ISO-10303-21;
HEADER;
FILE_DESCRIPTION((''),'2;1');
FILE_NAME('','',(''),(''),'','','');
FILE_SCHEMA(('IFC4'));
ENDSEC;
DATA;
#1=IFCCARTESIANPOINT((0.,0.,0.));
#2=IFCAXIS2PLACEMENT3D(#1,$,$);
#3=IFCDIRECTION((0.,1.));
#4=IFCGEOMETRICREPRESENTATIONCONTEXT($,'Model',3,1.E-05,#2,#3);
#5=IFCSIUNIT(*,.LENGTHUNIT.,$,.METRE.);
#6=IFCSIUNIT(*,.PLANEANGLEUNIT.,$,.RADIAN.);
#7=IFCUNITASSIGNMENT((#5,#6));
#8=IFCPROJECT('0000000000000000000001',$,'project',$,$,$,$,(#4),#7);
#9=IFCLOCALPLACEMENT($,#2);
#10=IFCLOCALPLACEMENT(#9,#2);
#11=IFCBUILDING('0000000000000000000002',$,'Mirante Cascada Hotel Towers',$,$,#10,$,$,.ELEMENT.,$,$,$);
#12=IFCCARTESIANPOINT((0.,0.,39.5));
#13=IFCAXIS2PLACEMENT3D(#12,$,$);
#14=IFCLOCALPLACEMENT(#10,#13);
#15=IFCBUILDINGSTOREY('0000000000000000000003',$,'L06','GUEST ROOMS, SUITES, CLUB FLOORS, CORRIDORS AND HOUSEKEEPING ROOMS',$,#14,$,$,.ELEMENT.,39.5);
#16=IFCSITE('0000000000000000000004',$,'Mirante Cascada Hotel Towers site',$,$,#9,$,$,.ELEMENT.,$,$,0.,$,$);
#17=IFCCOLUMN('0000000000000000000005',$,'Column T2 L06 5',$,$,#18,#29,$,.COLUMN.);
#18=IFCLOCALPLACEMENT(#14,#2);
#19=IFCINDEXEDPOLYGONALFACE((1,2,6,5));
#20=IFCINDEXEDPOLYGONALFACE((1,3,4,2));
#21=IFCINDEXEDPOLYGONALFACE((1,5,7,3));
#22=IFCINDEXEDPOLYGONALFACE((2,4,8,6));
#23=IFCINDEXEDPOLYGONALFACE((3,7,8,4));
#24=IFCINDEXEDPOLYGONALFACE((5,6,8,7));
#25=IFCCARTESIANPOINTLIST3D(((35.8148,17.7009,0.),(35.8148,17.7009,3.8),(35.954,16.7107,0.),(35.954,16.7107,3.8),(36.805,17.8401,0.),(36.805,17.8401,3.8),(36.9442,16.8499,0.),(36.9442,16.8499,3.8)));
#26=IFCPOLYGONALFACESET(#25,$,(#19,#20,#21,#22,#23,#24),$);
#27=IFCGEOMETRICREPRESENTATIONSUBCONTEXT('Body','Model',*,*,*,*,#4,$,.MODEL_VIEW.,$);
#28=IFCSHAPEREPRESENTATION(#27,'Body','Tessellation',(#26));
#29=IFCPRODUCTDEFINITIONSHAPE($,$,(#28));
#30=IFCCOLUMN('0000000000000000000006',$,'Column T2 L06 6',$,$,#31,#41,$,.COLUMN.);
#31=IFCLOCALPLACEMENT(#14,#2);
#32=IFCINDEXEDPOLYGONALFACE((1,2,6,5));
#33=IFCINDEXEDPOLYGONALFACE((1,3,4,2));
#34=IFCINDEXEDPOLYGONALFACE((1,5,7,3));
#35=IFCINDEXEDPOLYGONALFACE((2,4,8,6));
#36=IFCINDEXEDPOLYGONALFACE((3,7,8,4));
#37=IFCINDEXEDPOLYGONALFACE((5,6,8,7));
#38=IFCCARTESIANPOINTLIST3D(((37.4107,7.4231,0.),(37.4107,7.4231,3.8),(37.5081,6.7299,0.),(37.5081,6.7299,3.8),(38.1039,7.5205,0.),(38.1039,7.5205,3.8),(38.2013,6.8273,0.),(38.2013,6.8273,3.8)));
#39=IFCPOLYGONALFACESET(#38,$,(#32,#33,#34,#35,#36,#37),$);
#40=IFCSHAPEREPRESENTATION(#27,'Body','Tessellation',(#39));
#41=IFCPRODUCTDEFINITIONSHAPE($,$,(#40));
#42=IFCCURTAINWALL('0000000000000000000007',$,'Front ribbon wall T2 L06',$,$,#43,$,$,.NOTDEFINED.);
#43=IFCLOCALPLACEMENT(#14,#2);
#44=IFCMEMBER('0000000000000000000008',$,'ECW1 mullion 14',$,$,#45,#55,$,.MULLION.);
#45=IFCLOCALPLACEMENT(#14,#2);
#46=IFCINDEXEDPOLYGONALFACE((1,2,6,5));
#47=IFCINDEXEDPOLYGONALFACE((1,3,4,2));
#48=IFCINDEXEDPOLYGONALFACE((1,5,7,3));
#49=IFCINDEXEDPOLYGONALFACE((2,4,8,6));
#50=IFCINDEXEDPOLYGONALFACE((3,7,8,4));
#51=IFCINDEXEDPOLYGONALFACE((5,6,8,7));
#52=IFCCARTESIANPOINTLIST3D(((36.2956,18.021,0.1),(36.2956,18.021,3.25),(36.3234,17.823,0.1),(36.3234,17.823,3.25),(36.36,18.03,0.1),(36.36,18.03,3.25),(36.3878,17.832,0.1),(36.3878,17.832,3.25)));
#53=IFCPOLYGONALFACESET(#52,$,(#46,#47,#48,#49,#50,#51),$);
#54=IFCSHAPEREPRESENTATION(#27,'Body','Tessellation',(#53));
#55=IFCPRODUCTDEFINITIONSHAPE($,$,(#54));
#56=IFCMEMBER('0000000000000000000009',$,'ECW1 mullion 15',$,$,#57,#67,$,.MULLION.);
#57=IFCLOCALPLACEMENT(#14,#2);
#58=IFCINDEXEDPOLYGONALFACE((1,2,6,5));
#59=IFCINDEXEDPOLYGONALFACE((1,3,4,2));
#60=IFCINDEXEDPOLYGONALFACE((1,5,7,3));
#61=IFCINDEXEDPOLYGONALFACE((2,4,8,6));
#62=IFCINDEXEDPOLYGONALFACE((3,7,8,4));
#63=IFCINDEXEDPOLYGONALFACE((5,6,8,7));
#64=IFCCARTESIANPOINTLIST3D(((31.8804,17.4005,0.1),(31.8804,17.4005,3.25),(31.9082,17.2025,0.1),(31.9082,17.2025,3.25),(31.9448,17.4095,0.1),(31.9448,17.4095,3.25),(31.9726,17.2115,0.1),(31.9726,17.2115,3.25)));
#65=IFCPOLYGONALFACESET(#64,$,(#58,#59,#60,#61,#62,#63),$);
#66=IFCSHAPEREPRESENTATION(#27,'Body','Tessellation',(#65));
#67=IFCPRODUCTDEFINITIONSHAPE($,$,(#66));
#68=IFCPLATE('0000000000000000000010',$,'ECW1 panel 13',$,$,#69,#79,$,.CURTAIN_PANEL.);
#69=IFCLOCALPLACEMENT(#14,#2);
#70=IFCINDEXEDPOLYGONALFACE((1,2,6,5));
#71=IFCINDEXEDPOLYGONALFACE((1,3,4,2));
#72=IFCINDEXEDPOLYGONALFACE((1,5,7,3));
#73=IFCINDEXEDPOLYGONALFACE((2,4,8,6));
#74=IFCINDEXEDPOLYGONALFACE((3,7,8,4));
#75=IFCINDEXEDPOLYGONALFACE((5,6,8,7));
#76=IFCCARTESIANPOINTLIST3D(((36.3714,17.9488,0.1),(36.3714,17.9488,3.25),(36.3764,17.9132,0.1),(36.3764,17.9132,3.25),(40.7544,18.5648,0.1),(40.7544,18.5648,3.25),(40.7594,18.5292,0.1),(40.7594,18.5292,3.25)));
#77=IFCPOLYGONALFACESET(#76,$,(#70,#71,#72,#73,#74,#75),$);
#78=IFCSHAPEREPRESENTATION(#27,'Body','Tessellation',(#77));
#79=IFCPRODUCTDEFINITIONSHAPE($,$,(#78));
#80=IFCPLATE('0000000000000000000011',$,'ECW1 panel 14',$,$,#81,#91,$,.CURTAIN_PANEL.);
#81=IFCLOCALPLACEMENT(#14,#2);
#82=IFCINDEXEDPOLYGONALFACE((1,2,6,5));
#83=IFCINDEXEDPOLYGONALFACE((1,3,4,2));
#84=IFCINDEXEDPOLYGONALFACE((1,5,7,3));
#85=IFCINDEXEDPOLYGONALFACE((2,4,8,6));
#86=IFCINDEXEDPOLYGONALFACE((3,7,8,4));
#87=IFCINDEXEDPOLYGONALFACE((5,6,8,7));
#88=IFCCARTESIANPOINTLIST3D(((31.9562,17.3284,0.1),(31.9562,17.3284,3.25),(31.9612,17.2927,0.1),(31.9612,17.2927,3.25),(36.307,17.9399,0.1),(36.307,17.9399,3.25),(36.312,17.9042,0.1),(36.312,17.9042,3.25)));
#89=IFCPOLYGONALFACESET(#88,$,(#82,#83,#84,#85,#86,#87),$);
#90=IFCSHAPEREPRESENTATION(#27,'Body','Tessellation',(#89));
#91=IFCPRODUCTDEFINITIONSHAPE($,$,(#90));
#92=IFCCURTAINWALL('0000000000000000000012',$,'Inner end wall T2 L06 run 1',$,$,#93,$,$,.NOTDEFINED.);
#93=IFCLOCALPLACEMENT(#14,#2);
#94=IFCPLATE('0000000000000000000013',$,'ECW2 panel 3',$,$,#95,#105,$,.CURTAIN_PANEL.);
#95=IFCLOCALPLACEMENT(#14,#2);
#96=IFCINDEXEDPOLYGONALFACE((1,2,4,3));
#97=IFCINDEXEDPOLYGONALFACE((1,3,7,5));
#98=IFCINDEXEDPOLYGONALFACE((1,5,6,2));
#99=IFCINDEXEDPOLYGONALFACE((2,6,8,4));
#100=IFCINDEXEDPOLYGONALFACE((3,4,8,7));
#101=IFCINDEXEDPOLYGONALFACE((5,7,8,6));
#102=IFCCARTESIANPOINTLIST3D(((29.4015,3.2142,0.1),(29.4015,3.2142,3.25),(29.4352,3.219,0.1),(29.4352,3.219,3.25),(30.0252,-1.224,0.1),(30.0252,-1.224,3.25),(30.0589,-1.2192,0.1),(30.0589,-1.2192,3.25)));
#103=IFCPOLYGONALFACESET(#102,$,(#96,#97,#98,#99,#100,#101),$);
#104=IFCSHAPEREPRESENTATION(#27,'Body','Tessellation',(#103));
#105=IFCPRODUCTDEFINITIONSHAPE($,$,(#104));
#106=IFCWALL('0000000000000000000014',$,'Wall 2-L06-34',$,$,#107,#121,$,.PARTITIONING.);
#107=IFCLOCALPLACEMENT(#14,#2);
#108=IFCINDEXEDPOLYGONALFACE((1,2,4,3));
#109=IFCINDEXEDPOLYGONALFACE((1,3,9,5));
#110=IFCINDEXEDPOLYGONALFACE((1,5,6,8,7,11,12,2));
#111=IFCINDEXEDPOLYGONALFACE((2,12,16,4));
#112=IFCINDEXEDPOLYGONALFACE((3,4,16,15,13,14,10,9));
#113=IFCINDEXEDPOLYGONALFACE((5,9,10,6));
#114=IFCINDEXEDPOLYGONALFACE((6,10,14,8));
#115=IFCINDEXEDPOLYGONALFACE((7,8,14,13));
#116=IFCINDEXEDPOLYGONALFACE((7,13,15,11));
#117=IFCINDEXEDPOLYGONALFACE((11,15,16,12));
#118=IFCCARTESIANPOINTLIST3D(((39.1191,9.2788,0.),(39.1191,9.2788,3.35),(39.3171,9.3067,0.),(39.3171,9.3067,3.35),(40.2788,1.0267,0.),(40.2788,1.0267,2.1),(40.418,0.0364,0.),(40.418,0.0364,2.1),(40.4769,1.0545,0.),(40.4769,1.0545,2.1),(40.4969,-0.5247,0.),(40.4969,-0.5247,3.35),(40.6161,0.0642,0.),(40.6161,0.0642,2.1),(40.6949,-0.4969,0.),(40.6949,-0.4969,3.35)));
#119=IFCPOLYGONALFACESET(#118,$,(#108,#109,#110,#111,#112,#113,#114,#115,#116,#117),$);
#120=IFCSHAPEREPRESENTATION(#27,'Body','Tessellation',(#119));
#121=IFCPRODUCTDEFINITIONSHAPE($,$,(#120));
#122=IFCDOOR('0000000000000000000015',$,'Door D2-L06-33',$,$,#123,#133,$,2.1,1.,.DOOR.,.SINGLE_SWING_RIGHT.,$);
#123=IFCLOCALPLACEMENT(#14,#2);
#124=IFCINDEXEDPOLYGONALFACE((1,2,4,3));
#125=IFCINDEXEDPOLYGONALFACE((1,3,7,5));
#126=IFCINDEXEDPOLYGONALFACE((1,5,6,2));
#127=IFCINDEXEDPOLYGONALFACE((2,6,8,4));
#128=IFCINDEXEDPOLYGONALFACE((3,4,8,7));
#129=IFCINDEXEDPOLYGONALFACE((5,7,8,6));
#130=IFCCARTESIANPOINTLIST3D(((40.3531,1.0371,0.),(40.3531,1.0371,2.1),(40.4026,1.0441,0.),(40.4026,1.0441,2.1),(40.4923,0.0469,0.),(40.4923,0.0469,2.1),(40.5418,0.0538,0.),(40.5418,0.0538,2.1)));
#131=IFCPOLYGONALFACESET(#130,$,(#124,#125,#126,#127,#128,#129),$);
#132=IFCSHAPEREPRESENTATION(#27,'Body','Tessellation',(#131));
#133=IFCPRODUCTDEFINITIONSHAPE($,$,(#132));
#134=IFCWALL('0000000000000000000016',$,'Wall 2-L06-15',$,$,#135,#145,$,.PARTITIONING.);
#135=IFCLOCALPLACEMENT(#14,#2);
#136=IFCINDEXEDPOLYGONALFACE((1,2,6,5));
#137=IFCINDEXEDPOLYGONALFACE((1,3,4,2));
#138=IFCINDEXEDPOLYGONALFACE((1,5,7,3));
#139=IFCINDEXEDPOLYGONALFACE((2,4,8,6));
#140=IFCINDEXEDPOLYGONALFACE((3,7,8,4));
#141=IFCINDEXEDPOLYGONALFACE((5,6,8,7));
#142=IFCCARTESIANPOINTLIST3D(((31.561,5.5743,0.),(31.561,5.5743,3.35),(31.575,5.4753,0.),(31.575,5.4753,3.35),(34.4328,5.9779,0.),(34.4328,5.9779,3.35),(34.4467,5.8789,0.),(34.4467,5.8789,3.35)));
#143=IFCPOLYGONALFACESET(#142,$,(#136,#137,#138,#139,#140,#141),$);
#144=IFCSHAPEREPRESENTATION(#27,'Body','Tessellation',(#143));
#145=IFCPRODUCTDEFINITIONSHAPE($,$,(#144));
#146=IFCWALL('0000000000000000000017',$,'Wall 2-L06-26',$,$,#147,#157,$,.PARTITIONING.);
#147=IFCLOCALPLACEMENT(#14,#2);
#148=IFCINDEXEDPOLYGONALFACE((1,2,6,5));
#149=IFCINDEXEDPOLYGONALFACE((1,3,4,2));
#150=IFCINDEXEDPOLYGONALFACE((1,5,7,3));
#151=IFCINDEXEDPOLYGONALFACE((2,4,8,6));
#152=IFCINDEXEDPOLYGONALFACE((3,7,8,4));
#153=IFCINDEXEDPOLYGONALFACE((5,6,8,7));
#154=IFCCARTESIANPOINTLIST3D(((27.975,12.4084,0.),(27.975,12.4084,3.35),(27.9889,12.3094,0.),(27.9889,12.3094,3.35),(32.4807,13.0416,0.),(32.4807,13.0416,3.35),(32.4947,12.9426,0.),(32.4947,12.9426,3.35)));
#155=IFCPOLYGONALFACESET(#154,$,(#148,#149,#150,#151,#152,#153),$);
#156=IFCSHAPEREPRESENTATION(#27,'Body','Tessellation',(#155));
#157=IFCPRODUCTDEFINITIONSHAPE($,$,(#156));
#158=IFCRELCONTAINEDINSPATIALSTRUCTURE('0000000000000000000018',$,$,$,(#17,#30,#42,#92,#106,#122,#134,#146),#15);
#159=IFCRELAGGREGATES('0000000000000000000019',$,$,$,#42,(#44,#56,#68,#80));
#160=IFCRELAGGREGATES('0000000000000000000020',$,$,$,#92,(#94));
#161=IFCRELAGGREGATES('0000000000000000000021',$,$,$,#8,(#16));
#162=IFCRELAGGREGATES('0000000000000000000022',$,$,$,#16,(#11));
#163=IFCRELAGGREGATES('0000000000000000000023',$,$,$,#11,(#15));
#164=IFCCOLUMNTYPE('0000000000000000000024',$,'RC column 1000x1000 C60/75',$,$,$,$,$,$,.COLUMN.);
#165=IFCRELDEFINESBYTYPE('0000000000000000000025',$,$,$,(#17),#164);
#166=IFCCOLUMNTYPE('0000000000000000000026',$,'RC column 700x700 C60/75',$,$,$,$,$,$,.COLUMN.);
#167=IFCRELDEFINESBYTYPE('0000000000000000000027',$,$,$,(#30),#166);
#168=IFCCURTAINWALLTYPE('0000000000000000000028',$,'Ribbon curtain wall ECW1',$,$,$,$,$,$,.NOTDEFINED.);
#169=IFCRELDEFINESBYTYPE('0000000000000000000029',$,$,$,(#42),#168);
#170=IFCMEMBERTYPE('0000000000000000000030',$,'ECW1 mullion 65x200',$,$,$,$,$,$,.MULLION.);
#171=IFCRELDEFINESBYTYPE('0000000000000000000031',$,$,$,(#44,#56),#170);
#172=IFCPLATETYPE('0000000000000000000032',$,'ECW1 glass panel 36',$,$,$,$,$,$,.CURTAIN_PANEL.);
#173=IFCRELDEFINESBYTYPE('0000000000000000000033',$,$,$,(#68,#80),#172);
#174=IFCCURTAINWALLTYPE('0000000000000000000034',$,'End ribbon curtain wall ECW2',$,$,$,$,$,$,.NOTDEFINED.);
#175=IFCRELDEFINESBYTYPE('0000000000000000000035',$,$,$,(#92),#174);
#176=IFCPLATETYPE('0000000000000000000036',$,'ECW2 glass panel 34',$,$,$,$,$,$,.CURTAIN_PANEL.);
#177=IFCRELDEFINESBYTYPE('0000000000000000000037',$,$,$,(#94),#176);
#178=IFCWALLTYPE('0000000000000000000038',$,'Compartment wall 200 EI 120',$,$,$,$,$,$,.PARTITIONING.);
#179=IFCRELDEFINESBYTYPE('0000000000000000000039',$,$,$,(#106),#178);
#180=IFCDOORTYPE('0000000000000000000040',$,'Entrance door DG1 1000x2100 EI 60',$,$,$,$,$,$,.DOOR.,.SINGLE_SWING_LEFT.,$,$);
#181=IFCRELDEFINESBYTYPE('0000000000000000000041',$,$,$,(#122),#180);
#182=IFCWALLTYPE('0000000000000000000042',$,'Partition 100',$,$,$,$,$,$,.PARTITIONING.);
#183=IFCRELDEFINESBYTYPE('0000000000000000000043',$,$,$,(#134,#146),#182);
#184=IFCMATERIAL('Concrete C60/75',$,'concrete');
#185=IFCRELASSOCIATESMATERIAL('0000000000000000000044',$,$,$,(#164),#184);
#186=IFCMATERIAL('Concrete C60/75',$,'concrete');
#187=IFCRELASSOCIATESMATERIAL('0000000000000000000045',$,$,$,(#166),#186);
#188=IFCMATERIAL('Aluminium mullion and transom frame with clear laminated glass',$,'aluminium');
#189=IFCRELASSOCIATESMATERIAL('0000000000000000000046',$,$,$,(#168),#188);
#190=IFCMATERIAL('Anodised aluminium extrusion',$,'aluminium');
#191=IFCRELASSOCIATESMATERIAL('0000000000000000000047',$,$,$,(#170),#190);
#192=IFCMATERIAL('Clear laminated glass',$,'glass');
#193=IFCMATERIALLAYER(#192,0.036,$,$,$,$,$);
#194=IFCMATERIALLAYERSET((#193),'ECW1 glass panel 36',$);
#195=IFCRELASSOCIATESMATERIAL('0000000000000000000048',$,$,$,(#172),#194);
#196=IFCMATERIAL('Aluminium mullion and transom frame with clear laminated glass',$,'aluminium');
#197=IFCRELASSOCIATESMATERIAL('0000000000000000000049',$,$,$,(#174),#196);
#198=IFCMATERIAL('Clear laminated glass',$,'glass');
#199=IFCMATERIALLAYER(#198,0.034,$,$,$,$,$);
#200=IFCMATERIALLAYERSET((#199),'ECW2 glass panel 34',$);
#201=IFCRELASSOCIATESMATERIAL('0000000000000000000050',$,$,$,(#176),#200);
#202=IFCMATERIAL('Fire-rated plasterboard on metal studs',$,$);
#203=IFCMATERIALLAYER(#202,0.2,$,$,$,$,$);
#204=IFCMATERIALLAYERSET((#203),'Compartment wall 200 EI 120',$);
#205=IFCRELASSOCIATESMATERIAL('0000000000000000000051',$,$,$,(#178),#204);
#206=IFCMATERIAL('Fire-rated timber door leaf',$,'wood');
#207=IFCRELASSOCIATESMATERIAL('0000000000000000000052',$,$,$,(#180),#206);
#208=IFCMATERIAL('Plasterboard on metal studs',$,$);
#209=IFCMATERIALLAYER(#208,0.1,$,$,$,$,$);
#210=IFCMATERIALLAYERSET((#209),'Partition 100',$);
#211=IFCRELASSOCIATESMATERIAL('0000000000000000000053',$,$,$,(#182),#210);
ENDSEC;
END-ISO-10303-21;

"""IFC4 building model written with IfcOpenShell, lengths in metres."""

from ifc_helpers import new_model, si_unit, direction, frame, frame_2d, origin, origin_2d, place, context, subcontext, project, spatial, rectangle, extrude, material, layer, layer_set, material_profile, profile_set, type_object, element, fill, aggregate, save


model = new_model("IFC4")

# Units and contexts
model_context = context("Model", 3, precision=1e-05, world=origin(), true_north=direction((0.0, 1.0)))
body_context = subcontext(model_context, "Body", "Model", "MODEL_VIEW")
ifc_project = project(units=[si_unit("LENGTHUNIT", "METRE"), si_unit("PLANEANGLEUNIT", "RADIAN")], contexts=[model_context])

# Site, building, storey
site_placement = place(None, origin())
site = spatial("IfcSite", under=ifc_project, at=site_placement, Name="Mirante Cascada Hotel Towers site", CompositionType="ELEMENT", RefElevation=0.0)
building_placement = place(site_placement, origin())
building = spatial("IfcBuilding", under=site, at=building_placement, Name="Mirante Cascada Hotel Towers", CompositionType="ELEMENT")
storey_placement = place(building_placement, frame((0.0, 0.0, 39.5)))
storey = spatial("IfcBuildingStorey", under=building, at=storey_placement, Name="L06", Description="GUEST ROOMS, SUITES, CLUB FLOORS, CORRIDORS AND HOUSEKEEPING ROOMS", CompositionType="ELEMENT", Elevation=39.5)

# Columns
ifc_material_1 = material(Name="Concrete C60/75", Category="concrete")
ifc_material_profile_1 = material_profile(ifc_material_1, rectangle(XDim=1.0, YDim=1.0, at=origin_2d()), Name="RC column 1000x1000 C60/75")
ifc_profile_set_1 = profile_set([ifc_material_profile_1], Name="Concrete C60/75")
column_type_1 = type_object("IfcColumnType", Name="RC column 1000x1000 C60/75", PredefinedType="COLUMN", material=ifc_profile_set_1)
column_1_placement = place(storey_placement, frame((36.3795, 17.2754, 0.0), z_axis=(0.0, 0.0, 1.0), x_axis=(0.990268, 0.139173, 0.0)))
element("IfcColumn", 1, at=column_1_placement, inside=storey, type_object=column_type_1, Name="Column T2 L06 5", PredefinedType="COLUMN", context=body_context, shape_type="SweptSolid", body=[
    extrude(rectangle(XDim=1.0, YDim=1.0, at=origin_2d()), origin(), (0.0, 0.0, 1.0), 3.8),
])
ifc_material_2 = material(Name="Concrete C60/75", Category="concrete")
ifc_material_profile_2 = material_profile(ifc_material_2, rectangle(XDim=0.7, YDim=0.7, at=origin_2d()), Name="RC column 700x700 C60/75")
ifc_profile_set_2 = profile_set([ifc_material_profile_2], Name="Concrete C60/75")
column_type_2 = type_object("IfcColumnType", Name="RC column 700x700 C60/75", PredefinedType="COLUMN", material=ifc_profile_set_2)
column_2_placement = place(storey_placement, frame((37.806, 7.1252, 0.0), z_axis=(0.0, 0.0, 1.0), x_axis=(0.990268, 0.139173, 0.0)))
element("IfcColumn", 2, at=column_2_placement, inside=storey, type_object=column_type_2, Name="Column T2 L06 6", PredefinedType="COLUMN", context=body_context, shape_type="SweptSolid", body=[
    extrude(rectangle(XDim=0.7, YDim=0.7, at=origin_2d()), origin(), (0.0, 0.0, 1.0), 3.8),
])

# Curtain wall, members, plates
ifc_material_3 = material(Name="Aluminium mullion and transom frame with clear laminated glass", Category="aluminium")
curtain_wall_type_1 = type_object("IfcCurtainWallType", Name="Ribbon curtain wall ECW1", PredefinedType="NOTDEFINED", material=ifc_material_3)
curtain_wall_1_placement = place(storey_placement, origin())
curtain_wall_1 = element("IfcCurtainWall", 3, at=curtain_wall_1_placement, inside=storey, type_object=curtain_wall_type_1, Name="Front ribbon wall T2 L06", PredefinedType="NOTDEFINED")
ifc_material_4 = material(Name="Anodised aluminium extrusion", Category="aluminium")
ifc_material_profile_3 = material_profile(ifc_material_4, rectangle(XDim=0.2, YDim=0.065, at=origin_2d()), Name="ECW1 MULLION 65x200")
ifc_profile_set_3 = profile_set([ifc_material_profile_3], Name="Anodised aluminium extrusion")
member_type = type_object("IfcMemberType", Name="ECW1 mullion 65x200", PredefinedType="MULLION", material=ifc_profile_set_3)
member_1_placement = place(storey_placement, frame((36.3417, 17.9265, 0.1), z_axis=(0.0, 0.0, 1.0), x_axis=(0.139173, -0.990268, 0.0)))
member_1 = element("IfcMember", 4, at=member_1_placement, type_object=member_type, Name="ECW1 mullion 14", PredefinedType="MULLION", context=body_context, shape_type="SweptSolid", body=[
    extrude(rectangle(XDim=0.2, YDim=0.065, at=origin_2d()), origin(), (0.0, 0.0, 1.0), 3.15),
])
member_2_placement = place(storey_placement, frame((31.9265, 17.306, 0.1), z_axis=(0.0, 0.0, 1.0), x_axis=(0.139173, -0.990268, 0.0)))
member_2 = element("IfcMember", 5, at=member_2_placement, type_object=member_type, Name="ECW1 mullion 15", PredefinedType="MULLION", context=body_context, shape_type="SweptSolid", body=[
    extrude(rectangle(XDim=0.2, YDim=0.065, at=origin_2d()), origin(), (0.0, 0.0, 1.0), 3.15),
])
ifc_material_5 = material(Name="Clear laminated glass", Category="glass")
ifc_layer_1 = layer(ifc_material_5, 0.036)
ifc_layer_set_1 = layer_set([ifc_layer_1], Name="ECW1 glass panel 36")
plate_type_1 = type_object("IfcPlateType", Name="ECW1 glass panel 36", PredefinedType="CURTAIN_PANEL", material=ifc_layer_set_1)
plate_1_placement = place(storey_placement, frame((38.5654, 18.239, 0.1), z_axis=(0.0, 0.0, 1.0), x_axis=(-0.990268, -0.139173, 0.0)))
plate_1 = element("IfcPlate", 6, at=plate_1_placement, type_object=plate_type_1, Name="ECW1 panel 13", PredefinedType="CURTAIN_PANEL", context=body_context, shape_type="SweptSolid", body=[
    extrude(rectangle(XDim=4.4261, YDim=0.036, at=origin_2d()), origin(), (0.0, 0.0, 1.0), 3.15),
])
plate_2_placement = place(storey_placement, frame((34.1341, 17.6163, 0.1), z_axis=(0.0, 0.0, 1.0), x_axis=(-0.990268, -0.139173, 0.0)))
plate_2 = element("IfcPlate", 7, at=plate_2_placement, type_object=plate_type_1, Name="ECW1 panel 14", PredefinedType="CURTAIN_PANEL", context=body_context, shape_type="SweptSolid", body=[
    extrude(rectangle(XDim=4.3936, YDim=0.036, at=origin_2d()), origin(), (0.0, 0.0, 1.0), 3.15),
])
aggregate(curtain_wall_1, [member_1, member_2, plate_1, plate_2])

# Curtain wall, plate
ifc_material_6 = material(Name="Aluminium mullion and transom frame with clear laminated glass", Category="aluminium")
curtain_wall_type_2 = type_object("IfcCurtainWallType", Name="End ribbon curtain wall ECW2", PredefinedType="NOTDEFINED", material=ifc_material_6)
curtain_wall_2_placement = place(storey_placement, origin())
curtain_wall_2 = element("IfcCurtainWall", 8, at=curtain_wall_2_placement, inside=storey, type_object=curtain_wall_type_2, Name="Inner end wall T2 L06 run 1", PredefinedType="NOTDEFINED")
ifc_material_7 = material(Name="Clear laminated glass", Category="glass")
ifc_layer_2 = layer(ifc_material_7, 0.034)
ifc_layer_set_2 = layer_set([ifc_layer_2], Name="ECW2 glass panel 34")
plate_type_2 = type_object("IfcPlateType", Name="ECW2 glass panel 34", PredefinedType="CURTAIN_PANEL", material=ifc_layer_set_2)
plate_3_placement = place(storey_placement, frame((29.7302, 0.9975, 0.1), z_axis=(0.0, 0.0, 1.0), x_axis=(0.139173, -0.990268, 0.0)))
plate_3 = element("IfcPlate", 9, at=plate_3_placement, type_object=plate_type_2, Name="ECW2 panel 3", PredefinedType="CURTAIN_PANEL", context=body_context, shape_type="SweptSolid", body=[
    extrude(rectangle(XDim=4.4818, YDim=0.034, at=origin_2d()), origin(), (0.0, 0.0, 1.0), 3.15),
])
aggregate(curtain_wall_2, [plate_3])

# Wall, opening, door
ifc_material_8 = material(Name="Fire-rated plasterboard on metal studs")
ifc_layer_3 = layer(ifc_material_8, 0.2)
ifc_layer_set_3 = layer_set([ifc_layer_3], Name="Compartment wall 200 EI 120")
wall_type_1 = type_object("IfcWallType", Name="Compartment wall 200 EI 120", PredefinedType="PARTITIONING", material=ifc_layer_set_3)
wall_1_placement = place(storey_placement, frame((39.2181, 9.2928, 0.0), z_axis=(0.0, 0.0, 1.0), x_axis=(0.139173, -0.990268, 0.0)))
wall_1 = element("IfcWall", 10, at=wall_1_placement, inside=storey, type_object=wall_type_1, Name="Wall 2-L06-34", PredefinedType="PARTITIONING", context=body_context, shape_type="SweptSolid", body=[
    extrude(rectangle(XDim=9.8999, YDim=0.2, at=frame_2d((4.95, 0.0))), origin(), (0.0, 0.0, 1.0), 3.35),
])
opening_1_placement = place(wall_1_placement, frame((8.3333, 0.0, 0.0)))
opening_1 = element("IfcOpeningElement", 11, at=opening_1_placement, cuts=wall_1, PredefinedType="OPENING", context=body_context, shape_type="SweptSolid", body=[
    extrude(rectangle(XDim=1.0, YDim=2.1, at=frame_2d((0.5, 1.05))), frame((0.0, 0.1, 0.0), z_axis=(0.0, -1.0, 0.0), x_axis=(1.0, 0.0, 0.0)), (0.0, 0.0, 1.0), 0.2),
])
ifc_material_9 = material(Name="Fire-rated timber door leaf", Category="wood")
door_type_1 = type_object("IfcDoorType", Name="Entrance door DG1 1000x2100 EI 60", OperationType="SINGLE_SWING_LEFT", PredefinedType="DOOR", material=ifc_material_9)
door_1_placement = place(opening_1_placement, frame((1.0, 0.0, 0.0), z_axis=(0.0, 0.0, 1.0), x_axis=(-1.0, 0.0, 0.0)))
door_1 = element("IfcDoor", 12, at=door_1_placement, inside=storey, type_object=door_type_1, Name="Door D2-L06-33", OperationType="SINGLE_SWING_RIGHT", OverallHeight=2.1, OverallWidth=1.0, PredefinedType="DOOR", context=body_context, shape_type="SweptSolid", body=[
    extrude(rectangle(XDim=1.0, YDim=2.1, at=frame_2d((0.5, 1.05))), frame((0.0, 0.025, 0.0), z_axis=(0.0, -1.0, 0.0), x_axis=(1.0, 0.0, 0.0)), (0.0, 0.0, 1.0), 0.05),
])
fill(opening_1, door_1)

# Walls
ifc_material_10 = material(Name="Plasterboard on metal studs")
ifc_layer_4 = layer(ifc_material_10, 0.1)
ifc_layer_set_4 = layer_set([ifc_layer_4], Name="Partition 100")
wall_type_2 = type_object("IfcWallType", Name="Partition 100", PredefinedType="PARTITIONING", material=ifc_layer_set_4)
wall_2_placement = place(storey_placement, frame((31.568, 5.5248, 0.0), z_axis=(0.0, 0.0, 1.0), x_axis=(0.990268, 0.139171, 0.0)))
element("IfcWall", 13, at=wall_2_placement, inside=storey, type_object=wall_type_2, Name="Wall 2-L06-15", PredefinedType="PARTITIONING", context=body_context, shape_type="SweptSolid", body=[
    extrude(rectangle(XDim=2.9, YDim=0.1, at=frame_2d((1.45, 0.0))), origin(), (0.0, 0.0, 1.0), 3.35),
])
wall_3_placement = place(storey_placement, frame((32.4877, 12.9921, 0.0), z_axis=(0.0, 0.0, 1.0), x_axis=(-0.990269, -0.139166, 0.0)))
element("IfcWall", 14, at=wall_3_placement, inside=storey, type_object=wall_type_2, Name="Wall 2-L06-26", PredefinedType="PARTITIONING", context=body_context, shape_type="SweptSolid", body=[
    extrude(rectangle(XDim=4.55, YDim=0.1, at=frame_2d((2.275, 0.0))), origin(), (0.0, 0.0, 1.0), 3.35),
])

save(model, "model.ifc")
